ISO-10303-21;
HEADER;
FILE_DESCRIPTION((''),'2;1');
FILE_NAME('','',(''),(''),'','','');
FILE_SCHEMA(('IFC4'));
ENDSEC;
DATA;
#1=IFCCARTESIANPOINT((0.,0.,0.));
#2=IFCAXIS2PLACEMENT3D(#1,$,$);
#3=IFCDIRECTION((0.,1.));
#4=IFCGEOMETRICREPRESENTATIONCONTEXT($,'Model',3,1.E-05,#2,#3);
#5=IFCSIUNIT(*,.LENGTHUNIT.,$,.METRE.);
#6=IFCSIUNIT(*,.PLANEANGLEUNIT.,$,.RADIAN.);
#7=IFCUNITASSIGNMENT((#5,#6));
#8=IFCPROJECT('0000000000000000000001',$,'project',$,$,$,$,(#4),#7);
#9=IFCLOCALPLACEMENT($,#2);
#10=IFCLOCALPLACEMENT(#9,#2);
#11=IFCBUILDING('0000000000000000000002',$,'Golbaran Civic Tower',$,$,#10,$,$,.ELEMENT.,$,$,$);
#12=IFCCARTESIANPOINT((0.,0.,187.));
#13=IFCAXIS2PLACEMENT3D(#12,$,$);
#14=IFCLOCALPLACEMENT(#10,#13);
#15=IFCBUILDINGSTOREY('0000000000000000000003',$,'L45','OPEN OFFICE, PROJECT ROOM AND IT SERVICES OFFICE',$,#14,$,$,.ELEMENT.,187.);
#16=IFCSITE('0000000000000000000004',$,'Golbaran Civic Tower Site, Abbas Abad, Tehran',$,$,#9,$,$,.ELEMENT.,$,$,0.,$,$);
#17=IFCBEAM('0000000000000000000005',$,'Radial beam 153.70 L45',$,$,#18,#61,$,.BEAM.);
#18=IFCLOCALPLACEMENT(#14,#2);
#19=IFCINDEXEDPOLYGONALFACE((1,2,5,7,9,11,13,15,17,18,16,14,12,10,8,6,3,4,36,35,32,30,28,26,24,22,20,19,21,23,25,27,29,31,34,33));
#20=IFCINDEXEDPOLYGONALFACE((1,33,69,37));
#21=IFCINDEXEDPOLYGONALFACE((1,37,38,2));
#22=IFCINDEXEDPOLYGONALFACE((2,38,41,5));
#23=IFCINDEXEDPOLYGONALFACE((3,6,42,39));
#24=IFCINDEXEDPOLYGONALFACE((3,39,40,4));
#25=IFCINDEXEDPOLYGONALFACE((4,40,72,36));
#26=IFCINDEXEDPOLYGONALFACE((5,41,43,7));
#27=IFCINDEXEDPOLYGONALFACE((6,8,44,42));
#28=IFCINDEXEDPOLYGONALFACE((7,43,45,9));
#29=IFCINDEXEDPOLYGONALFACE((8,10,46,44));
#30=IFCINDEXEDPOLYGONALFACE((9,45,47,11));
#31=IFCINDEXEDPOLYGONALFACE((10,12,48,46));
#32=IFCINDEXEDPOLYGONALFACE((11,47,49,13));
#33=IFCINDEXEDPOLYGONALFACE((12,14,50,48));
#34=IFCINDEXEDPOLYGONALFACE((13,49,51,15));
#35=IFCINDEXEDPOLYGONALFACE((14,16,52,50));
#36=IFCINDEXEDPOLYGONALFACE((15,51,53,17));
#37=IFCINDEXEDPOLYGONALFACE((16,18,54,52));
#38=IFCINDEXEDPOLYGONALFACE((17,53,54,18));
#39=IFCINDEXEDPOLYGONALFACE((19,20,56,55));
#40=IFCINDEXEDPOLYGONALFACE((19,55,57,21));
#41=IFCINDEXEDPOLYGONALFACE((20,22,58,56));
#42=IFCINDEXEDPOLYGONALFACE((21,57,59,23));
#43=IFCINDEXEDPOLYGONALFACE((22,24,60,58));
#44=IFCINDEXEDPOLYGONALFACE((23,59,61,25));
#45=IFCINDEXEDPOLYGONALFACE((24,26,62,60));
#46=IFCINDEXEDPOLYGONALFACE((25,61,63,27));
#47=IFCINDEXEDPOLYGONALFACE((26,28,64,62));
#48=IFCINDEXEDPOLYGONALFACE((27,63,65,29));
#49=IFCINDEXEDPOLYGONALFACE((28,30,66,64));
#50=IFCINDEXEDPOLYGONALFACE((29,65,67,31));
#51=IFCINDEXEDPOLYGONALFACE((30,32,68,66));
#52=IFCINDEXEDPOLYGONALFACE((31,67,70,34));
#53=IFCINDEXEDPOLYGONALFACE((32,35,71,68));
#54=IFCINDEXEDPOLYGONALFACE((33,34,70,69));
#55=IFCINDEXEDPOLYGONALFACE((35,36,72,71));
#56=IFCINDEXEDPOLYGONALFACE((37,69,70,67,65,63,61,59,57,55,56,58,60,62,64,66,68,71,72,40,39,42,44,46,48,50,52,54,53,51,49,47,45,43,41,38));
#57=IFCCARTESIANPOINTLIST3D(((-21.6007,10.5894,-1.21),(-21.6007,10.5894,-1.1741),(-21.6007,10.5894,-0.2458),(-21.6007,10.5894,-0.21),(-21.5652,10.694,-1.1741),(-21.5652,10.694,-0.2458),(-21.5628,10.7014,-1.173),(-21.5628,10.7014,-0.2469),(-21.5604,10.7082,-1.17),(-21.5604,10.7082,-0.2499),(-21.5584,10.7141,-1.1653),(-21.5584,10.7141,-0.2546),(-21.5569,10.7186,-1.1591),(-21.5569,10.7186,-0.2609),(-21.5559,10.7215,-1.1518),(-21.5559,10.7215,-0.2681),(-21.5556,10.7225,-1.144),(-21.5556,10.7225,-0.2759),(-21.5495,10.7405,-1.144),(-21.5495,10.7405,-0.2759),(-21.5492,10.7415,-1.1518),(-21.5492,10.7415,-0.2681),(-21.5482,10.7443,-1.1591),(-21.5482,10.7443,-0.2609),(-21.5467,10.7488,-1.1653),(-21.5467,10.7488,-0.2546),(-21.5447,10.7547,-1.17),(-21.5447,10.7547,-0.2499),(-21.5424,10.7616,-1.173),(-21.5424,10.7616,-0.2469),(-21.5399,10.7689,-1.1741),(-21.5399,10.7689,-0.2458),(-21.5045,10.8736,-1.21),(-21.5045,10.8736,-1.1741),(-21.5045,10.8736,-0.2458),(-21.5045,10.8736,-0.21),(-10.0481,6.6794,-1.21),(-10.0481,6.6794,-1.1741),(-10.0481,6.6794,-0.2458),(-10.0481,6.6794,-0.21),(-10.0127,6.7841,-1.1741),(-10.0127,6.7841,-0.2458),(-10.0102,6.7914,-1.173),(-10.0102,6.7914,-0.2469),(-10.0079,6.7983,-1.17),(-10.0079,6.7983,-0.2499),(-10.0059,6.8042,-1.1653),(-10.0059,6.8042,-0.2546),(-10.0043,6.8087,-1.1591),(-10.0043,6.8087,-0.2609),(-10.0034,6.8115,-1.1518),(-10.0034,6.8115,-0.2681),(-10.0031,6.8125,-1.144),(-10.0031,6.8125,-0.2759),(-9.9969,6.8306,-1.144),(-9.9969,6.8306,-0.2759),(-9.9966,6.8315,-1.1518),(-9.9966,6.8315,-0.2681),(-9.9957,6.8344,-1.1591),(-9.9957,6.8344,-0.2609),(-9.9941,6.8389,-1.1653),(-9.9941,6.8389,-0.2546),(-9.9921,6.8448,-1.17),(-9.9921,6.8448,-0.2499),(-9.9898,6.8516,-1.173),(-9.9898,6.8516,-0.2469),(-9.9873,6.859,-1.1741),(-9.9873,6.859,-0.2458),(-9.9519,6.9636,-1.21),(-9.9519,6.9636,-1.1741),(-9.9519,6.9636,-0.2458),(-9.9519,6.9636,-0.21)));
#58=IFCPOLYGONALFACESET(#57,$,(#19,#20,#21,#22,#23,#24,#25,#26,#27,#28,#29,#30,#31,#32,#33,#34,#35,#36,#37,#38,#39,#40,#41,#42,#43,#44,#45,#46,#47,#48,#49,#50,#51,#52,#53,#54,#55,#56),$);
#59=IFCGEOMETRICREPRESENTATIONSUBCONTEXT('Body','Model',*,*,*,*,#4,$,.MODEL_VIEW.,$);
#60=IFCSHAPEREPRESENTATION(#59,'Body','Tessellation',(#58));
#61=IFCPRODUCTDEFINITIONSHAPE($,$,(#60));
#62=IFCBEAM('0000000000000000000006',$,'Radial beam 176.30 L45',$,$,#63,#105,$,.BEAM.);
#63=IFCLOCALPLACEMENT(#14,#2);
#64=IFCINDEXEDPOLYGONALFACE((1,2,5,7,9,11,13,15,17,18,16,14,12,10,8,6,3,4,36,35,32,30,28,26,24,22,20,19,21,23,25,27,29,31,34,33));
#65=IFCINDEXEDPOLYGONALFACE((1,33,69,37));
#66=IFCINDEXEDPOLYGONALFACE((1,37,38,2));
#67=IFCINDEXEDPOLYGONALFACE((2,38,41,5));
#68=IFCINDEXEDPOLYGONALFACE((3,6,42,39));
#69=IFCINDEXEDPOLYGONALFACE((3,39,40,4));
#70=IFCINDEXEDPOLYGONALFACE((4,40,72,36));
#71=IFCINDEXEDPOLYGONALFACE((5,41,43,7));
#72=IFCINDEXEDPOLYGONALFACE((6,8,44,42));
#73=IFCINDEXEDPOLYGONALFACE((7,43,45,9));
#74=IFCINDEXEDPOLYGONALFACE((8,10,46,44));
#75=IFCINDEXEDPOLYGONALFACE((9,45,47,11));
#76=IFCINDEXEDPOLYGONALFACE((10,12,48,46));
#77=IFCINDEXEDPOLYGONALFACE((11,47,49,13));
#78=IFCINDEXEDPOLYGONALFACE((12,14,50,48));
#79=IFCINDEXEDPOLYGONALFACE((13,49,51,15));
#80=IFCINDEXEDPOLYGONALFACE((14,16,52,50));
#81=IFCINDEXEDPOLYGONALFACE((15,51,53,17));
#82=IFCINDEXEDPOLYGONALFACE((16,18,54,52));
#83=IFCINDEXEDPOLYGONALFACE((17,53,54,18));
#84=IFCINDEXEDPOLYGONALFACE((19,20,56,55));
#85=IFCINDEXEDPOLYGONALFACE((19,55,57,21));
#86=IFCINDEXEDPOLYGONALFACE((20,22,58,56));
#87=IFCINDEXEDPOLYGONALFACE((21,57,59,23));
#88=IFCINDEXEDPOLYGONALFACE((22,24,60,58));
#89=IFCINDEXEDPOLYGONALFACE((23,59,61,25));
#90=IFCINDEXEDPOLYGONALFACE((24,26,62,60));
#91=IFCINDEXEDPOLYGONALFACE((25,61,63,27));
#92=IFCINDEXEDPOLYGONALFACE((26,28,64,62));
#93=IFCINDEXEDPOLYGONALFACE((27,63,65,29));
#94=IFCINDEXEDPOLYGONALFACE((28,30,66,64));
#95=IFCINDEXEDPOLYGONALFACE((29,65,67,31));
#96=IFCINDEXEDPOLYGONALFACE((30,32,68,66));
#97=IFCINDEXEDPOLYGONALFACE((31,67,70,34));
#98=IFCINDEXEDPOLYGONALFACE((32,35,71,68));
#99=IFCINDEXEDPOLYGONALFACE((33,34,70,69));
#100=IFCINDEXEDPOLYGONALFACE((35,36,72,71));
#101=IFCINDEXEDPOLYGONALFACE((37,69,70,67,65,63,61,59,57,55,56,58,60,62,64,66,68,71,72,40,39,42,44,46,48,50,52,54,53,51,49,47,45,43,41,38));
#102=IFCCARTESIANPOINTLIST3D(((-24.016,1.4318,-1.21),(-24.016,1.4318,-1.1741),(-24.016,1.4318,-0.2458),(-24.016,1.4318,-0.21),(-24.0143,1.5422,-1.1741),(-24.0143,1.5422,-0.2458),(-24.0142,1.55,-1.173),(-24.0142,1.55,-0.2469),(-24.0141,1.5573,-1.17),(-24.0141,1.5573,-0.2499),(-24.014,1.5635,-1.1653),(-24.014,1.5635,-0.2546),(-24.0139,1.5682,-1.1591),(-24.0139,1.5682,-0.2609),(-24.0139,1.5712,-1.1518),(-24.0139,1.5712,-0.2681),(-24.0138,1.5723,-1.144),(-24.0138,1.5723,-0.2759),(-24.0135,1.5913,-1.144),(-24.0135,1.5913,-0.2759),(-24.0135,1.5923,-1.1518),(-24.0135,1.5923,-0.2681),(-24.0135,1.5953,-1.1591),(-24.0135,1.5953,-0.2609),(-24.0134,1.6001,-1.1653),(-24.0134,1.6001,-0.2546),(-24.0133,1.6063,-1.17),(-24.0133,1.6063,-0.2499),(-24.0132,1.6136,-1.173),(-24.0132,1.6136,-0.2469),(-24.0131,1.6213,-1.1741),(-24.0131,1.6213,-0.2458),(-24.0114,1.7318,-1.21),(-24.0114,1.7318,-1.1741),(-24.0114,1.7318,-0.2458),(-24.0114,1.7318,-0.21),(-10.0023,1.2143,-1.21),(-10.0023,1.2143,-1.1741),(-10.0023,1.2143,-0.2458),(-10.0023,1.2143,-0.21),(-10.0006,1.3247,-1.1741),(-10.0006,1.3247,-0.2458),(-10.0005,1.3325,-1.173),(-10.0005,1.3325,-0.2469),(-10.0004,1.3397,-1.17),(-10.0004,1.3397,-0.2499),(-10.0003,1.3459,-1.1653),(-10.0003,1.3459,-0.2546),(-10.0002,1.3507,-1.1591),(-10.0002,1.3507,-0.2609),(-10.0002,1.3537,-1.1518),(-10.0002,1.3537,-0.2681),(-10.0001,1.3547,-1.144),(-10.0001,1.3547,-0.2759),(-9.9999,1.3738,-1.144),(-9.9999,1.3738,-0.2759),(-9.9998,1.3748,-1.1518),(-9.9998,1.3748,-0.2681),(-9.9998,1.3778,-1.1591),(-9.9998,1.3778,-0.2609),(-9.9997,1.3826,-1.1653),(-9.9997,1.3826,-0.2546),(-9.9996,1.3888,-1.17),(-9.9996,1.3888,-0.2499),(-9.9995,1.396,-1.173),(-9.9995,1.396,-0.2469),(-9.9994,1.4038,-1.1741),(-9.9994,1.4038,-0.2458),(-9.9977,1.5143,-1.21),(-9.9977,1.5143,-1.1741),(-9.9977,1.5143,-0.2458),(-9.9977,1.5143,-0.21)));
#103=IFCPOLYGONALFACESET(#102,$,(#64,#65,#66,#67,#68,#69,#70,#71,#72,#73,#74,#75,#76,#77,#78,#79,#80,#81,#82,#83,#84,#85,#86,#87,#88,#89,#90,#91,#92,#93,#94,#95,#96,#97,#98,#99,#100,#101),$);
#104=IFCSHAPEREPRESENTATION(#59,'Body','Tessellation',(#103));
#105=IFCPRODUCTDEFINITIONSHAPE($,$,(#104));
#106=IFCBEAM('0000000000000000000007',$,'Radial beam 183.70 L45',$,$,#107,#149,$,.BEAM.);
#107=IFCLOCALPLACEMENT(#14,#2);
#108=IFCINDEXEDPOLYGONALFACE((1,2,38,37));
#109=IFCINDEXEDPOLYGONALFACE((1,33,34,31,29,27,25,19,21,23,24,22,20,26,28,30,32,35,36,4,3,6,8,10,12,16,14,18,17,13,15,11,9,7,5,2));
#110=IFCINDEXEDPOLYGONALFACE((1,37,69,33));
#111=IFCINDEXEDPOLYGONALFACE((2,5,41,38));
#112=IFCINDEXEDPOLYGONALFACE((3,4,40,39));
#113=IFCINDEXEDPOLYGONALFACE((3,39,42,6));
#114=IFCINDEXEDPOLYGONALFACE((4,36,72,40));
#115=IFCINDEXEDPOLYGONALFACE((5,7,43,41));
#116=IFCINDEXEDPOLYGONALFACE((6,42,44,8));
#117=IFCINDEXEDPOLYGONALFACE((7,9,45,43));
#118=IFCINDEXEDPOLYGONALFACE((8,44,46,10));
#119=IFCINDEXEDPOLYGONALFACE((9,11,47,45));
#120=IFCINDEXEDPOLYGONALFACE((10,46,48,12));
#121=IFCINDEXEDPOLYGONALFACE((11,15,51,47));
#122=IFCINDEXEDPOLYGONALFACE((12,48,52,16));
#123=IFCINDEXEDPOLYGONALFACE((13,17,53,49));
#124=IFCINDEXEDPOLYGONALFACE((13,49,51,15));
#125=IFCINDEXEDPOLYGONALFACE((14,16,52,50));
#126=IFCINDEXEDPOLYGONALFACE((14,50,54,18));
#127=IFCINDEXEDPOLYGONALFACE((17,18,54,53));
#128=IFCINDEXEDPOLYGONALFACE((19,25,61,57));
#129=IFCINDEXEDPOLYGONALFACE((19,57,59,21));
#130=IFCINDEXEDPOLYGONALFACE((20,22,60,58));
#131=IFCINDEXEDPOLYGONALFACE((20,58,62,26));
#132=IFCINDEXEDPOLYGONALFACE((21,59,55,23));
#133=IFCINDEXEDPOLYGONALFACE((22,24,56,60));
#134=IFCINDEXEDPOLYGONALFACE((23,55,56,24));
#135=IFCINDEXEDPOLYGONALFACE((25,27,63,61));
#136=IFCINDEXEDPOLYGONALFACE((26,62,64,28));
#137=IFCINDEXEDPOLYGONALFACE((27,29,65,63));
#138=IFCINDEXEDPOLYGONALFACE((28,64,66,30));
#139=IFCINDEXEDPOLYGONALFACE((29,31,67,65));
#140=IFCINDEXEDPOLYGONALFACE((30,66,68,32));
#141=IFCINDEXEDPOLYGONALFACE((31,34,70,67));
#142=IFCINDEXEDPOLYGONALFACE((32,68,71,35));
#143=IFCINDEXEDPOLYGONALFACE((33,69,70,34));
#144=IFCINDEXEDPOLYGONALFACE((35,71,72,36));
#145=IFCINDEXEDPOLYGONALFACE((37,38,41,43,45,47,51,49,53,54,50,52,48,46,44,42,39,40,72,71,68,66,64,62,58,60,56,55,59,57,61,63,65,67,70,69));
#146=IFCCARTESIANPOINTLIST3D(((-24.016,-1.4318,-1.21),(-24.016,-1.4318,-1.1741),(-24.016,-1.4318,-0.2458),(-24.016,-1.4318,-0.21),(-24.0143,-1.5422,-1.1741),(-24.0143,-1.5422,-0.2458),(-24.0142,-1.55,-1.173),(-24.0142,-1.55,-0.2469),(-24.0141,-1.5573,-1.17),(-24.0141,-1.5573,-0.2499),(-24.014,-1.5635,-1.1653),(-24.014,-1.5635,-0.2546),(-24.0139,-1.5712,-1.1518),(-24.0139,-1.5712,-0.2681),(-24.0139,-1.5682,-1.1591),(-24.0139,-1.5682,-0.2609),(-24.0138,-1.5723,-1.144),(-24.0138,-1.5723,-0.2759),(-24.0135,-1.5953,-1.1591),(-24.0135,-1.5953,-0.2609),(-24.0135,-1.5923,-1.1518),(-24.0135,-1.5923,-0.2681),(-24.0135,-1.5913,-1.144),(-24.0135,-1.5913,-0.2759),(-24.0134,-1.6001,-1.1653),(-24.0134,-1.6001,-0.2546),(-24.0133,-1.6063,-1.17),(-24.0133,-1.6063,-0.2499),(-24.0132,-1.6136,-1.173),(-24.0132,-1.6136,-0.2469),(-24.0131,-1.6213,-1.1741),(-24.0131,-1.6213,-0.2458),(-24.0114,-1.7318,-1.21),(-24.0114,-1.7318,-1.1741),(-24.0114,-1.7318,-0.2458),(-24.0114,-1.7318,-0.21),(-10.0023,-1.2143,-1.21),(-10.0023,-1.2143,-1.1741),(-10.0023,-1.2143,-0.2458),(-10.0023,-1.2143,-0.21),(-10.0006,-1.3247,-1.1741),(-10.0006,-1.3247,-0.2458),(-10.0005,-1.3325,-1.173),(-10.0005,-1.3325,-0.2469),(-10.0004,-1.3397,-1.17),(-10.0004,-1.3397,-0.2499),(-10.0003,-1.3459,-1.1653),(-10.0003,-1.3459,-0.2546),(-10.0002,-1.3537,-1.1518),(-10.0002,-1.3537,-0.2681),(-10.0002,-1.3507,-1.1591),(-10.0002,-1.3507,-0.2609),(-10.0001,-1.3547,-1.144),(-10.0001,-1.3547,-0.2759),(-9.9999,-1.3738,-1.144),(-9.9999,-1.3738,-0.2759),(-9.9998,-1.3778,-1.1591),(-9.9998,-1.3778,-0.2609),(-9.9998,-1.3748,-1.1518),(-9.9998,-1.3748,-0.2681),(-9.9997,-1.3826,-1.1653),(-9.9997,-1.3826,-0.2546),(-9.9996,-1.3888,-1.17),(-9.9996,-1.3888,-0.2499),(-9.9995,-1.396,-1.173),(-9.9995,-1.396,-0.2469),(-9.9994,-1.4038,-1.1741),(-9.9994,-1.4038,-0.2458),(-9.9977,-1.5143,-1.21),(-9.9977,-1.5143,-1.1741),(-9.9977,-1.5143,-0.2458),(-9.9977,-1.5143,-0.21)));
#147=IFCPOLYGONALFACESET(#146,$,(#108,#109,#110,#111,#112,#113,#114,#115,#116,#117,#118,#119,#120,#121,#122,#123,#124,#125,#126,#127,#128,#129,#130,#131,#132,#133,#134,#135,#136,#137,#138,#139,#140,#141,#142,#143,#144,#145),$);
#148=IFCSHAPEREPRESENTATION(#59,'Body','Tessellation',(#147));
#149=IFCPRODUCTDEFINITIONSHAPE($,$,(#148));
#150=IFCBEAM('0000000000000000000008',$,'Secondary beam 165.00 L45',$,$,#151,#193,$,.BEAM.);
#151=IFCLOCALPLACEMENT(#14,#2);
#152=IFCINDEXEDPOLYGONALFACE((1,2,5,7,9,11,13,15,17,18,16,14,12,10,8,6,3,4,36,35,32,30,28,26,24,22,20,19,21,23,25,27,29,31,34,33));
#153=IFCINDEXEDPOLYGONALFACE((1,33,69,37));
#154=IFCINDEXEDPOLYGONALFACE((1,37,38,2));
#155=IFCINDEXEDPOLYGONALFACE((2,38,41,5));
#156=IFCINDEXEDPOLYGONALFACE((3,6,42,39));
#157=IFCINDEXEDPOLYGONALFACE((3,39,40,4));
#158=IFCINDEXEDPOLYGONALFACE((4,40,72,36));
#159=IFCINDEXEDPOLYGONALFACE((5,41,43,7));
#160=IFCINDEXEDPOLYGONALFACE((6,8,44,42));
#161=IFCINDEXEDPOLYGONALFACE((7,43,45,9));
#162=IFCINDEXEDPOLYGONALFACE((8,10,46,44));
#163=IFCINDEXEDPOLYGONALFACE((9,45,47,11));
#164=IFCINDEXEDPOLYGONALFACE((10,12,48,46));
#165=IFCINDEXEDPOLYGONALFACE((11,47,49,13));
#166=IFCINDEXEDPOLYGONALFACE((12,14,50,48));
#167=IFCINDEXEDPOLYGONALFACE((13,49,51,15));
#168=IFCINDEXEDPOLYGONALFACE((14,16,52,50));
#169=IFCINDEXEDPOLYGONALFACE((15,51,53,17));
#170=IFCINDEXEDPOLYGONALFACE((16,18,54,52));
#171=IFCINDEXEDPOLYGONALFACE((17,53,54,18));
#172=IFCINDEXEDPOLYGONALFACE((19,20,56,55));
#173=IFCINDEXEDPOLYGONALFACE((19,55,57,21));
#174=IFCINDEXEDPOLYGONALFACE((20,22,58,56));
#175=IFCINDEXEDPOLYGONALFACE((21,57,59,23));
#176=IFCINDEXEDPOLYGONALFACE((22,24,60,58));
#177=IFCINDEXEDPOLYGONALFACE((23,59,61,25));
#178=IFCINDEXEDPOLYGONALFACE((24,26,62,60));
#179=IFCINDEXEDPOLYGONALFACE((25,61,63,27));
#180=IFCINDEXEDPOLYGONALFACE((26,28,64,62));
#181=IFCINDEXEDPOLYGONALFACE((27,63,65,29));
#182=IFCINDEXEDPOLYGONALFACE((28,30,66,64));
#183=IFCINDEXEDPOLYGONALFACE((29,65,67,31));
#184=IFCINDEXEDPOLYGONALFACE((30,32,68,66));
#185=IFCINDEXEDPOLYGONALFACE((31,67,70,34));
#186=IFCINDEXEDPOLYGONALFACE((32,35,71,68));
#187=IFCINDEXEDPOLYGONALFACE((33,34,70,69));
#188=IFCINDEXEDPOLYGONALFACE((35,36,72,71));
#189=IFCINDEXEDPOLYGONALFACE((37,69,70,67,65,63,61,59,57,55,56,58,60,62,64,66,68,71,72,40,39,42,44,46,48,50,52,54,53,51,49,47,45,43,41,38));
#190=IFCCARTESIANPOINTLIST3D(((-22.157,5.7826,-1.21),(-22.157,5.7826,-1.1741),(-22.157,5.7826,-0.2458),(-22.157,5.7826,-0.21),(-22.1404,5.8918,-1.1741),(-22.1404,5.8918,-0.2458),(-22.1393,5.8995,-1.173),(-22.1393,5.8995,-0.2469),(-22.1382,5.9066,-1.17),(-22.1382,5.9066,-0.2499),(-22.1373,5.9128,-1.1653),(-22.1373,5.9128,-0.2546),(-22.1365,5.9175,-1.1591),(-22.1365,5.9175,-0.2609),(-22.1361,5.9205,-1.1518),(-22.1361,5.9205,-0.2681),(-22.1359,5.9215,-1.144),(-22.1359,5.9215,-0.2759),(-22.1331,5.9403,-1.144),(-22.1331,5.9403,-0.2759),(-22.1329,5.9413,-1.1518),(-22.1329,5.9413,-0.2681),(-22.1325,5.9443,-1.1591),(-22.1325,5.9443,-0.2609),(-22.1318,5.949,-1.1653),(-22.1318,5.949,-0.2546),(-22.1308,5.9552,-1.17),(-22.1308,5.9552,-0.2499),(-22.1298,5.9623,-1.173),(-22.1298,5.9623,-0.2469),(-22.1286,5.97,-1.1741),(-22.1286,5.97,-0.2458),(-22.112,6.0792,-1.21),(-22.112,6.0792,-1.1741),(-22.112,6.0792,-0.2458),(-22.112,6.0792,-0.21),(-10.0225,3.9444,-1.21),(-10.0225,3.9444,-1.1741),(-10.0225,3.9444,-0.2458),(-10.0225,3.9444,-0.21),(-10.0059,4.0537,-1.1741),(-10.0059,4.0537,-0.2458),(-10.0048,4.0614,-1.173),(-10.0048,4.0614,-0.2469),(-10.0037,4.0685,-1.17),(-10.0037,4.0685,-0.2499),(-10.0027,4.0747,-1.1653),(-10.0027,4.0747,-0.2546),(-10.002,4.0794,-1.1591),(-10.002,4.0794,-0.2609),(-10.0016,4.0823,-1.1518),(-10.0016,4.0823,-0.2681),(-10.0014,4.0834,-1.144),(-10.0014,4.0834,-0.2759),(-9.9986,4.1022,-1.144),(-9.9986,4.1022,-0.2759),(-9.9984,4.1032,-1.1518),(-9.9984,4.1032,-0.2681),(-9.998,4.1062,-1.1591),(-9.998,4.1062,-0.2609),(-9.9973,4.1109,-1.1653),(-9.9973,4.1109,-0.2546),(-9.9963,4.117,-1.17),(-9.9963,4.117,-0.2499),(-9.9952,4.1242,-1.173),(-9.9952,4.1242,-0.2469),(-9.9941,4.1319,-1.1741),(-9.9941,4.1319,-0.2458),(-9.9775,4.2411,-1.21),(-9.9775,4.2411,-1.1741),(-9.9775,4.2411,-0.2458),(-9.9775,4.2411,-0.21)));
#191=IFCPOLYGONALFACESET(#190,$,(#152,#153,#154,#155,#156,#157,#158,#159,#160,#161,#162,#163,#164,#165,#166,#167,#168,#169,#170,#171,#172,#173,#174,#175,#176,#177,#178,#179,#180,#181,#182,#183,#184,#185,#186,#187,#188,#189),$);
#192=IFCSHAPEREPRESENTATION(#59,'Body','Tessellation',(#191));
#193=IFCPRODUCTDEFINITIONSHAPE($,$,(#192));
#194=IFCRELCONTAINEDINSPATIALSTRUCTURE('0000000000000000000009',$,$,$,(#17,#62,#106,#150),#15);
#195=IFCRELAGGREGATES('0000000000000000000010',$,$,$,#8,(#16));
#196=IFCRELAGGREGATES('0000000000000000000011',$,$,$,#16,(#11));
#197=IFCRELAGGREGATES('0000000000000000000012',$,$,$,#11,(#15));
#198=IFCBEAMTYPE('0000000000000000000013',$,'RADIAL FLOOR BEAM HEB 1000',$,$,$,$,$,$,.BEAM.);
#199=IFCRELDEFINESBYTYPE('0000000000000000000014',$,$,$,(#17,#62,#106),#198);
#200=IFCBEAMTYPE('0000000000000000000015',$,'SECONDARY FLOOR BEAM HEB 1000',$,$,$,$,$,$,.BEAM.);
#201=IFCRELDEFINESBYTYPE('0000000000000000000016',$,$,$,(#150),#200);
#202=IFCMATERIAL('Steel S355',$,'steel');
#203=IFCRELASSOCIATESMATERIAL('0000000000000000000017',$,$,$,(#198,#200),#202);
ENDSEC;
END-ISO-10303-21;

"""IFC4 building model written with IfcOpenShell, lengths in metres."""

from ifc_helpers import new_model, si_unit, direction, frame, origin, origin_2d, place, context, subcontext, project, spatial, i_section, extrude, material, material_profile, profile_set, type_object, element, save


model = new_model("IFC4")

# Units and contexts
model_context = context("Model", 3, precision=1e-05, world=origin(), true_north=direction((0.0, 1.0)))
body_context = subcontext(model_context, "Body", "Model", "MODEL_VIEW")
ifc_project = project(units=[si_unit("LENGTHUNIT", "METRE"), si_unit("PLANEANGLEUNIT", "RADIAN")], contexts=[model_context])

# Site, building, storey
site_placement = place(None, origin())
site = spatial("IfcSite", under=ifc_project, at=site_placement, Name="Golbaran Civic Tower Site, Abbas Abad, Tehran", CompositionType="ELEMENT", RefElevation=0.0)
building_placement = place(site_placement, origin())
building = spatial("IfcBuilding", under=site, at=building_placement, Name="Golbaran Civic Tower", CompositionType="ELEMENT")
storey_placement = place(building_placement, frame((0.0, 0.0, 187.0)))
storey = spatial("IfcBuildingStorey", under=building, at=storey_placement, Name="L45", Description="OPEN OFFICE, PROJECT ROOM AND IT SERVICES OFFICE", CompositionType="ELEMENT", Elevation=187.0)

# Beams
ifc_material_1 = material(Name="Steel S355", Category="steel")
ifc_material_profile_1 = material_profile(ifc_material_1, i_section(OverallWidth=0.3, OverallDepth=1.0, WebThickness=0.019, FlangeThickness=0.0359, FilletRadius=0.03, at=origin_2d()), Name="HEB 1000")
ifc_profile_set_1 = profile_set([ifc_material_profile_1], Name="Steel S355")
beam_type_1 = type_object("IfcBeamType", Name="RADIAL FLOOR BEAM HEB 1000", PredefinedType="BEAM", material=ifc_profile_set_1)
beam_1_placement = place(storey_placement, frame((-10.0, 6.8215, -0.71), z_axis=(-0.94722, 0.320584, 0.0), x_axis=(-0.320584, -0.94722, 0.0)))
element("IfcBeam", 1, at=beam_1_placement, inside=storey, type_object=beam_type_1, Name="Radial beam 153.70 L45", PredefinedType="BEAM", context=body_context, shape_type="SweptSolid", body=[
    extrude(i_section(OverallWidth=0.3, OverallDepth=1.0, WebThickness=0.019, FlangeThickness=0.0359, FilletRadius=0.03, at=origin_2d()), origin(), (0.0, 0.0, 1.0), 12.1963),
])
for number, where, z_axis, x_axis, name in (
    (2, (-10.0, 1.3643, -0.71), (-0.99988, 0.015521, 0.0), (-0.015521, -0.99988, 0.0), "Radial beam 176.30 L45"),
    (3, (-10.0, -1.3643, -0.71), (-0.99988, -0.015521, 0.0), (0.015521, -0.99988, 0.0), "Radial beam 183.70 L45"),
):
    element("IfcBeam", number, at=place(storey_placement, frame(where, z_axis=z_axis, x_axis=x_axis)), inside=storey, type_object=beam_type_1, Name=name, PredefinedType="BEAM", context=body_context, shape_type="SweptSolid", body=[
        extrude(i_section(OverallWidth=0.3, OverallDepth=1.0, WebThickness=0.019, FlangeThickness=0.0359, FilletRadius=0.03, at=origin_2d()), origin(), (0.0, 0.0, 1.0), 14.0154),
    ])
ifc_material_profile_2 = material_profile(ifc_material_1, i_section(OverallWidth=0.3, OverallDepth=1.0, WebThickness=0.019, FlangeThickness=0.0359, FilletRadius=0.03, at=origin_2d()), Name="HEB 1000")
ifc_profile_set_2 = profile_set([ifc_material_profile_2], Name="Steel S355")
beam_type_2 = type_object("IfcBeamType", Name="SECONDARY FLOOR BEAM HEB 1000", PredefinedType="BEAM", material=ifc_profile_set_2)
beam_2_placement = place(storey_placement, frame((-10.0, 4.0928, -0.71), z_axis=(-0.988721, 0.149771, 0.0), x_axis=(-0.149771, -0.988721, 0.0)))
element("IfcBeam", 4, at=beam_2_placement, inside=storey, type_object=beam_type_2, Name="Secondary beam 165.00 L45", PredefinedType="BEAM", context=body_context, shape_type="SweptSolid", body=[
    extrude(i_section(OverallWidth=0.3, OverallDepth=1.0, WebThickness=0.019, FlangeThickness=0.0359, FilletRadius=0.03, at=origin_2d()), origin(), (0.0, 0.0, 1.0), 12.2729),
])

save(model, "model.ifc")
